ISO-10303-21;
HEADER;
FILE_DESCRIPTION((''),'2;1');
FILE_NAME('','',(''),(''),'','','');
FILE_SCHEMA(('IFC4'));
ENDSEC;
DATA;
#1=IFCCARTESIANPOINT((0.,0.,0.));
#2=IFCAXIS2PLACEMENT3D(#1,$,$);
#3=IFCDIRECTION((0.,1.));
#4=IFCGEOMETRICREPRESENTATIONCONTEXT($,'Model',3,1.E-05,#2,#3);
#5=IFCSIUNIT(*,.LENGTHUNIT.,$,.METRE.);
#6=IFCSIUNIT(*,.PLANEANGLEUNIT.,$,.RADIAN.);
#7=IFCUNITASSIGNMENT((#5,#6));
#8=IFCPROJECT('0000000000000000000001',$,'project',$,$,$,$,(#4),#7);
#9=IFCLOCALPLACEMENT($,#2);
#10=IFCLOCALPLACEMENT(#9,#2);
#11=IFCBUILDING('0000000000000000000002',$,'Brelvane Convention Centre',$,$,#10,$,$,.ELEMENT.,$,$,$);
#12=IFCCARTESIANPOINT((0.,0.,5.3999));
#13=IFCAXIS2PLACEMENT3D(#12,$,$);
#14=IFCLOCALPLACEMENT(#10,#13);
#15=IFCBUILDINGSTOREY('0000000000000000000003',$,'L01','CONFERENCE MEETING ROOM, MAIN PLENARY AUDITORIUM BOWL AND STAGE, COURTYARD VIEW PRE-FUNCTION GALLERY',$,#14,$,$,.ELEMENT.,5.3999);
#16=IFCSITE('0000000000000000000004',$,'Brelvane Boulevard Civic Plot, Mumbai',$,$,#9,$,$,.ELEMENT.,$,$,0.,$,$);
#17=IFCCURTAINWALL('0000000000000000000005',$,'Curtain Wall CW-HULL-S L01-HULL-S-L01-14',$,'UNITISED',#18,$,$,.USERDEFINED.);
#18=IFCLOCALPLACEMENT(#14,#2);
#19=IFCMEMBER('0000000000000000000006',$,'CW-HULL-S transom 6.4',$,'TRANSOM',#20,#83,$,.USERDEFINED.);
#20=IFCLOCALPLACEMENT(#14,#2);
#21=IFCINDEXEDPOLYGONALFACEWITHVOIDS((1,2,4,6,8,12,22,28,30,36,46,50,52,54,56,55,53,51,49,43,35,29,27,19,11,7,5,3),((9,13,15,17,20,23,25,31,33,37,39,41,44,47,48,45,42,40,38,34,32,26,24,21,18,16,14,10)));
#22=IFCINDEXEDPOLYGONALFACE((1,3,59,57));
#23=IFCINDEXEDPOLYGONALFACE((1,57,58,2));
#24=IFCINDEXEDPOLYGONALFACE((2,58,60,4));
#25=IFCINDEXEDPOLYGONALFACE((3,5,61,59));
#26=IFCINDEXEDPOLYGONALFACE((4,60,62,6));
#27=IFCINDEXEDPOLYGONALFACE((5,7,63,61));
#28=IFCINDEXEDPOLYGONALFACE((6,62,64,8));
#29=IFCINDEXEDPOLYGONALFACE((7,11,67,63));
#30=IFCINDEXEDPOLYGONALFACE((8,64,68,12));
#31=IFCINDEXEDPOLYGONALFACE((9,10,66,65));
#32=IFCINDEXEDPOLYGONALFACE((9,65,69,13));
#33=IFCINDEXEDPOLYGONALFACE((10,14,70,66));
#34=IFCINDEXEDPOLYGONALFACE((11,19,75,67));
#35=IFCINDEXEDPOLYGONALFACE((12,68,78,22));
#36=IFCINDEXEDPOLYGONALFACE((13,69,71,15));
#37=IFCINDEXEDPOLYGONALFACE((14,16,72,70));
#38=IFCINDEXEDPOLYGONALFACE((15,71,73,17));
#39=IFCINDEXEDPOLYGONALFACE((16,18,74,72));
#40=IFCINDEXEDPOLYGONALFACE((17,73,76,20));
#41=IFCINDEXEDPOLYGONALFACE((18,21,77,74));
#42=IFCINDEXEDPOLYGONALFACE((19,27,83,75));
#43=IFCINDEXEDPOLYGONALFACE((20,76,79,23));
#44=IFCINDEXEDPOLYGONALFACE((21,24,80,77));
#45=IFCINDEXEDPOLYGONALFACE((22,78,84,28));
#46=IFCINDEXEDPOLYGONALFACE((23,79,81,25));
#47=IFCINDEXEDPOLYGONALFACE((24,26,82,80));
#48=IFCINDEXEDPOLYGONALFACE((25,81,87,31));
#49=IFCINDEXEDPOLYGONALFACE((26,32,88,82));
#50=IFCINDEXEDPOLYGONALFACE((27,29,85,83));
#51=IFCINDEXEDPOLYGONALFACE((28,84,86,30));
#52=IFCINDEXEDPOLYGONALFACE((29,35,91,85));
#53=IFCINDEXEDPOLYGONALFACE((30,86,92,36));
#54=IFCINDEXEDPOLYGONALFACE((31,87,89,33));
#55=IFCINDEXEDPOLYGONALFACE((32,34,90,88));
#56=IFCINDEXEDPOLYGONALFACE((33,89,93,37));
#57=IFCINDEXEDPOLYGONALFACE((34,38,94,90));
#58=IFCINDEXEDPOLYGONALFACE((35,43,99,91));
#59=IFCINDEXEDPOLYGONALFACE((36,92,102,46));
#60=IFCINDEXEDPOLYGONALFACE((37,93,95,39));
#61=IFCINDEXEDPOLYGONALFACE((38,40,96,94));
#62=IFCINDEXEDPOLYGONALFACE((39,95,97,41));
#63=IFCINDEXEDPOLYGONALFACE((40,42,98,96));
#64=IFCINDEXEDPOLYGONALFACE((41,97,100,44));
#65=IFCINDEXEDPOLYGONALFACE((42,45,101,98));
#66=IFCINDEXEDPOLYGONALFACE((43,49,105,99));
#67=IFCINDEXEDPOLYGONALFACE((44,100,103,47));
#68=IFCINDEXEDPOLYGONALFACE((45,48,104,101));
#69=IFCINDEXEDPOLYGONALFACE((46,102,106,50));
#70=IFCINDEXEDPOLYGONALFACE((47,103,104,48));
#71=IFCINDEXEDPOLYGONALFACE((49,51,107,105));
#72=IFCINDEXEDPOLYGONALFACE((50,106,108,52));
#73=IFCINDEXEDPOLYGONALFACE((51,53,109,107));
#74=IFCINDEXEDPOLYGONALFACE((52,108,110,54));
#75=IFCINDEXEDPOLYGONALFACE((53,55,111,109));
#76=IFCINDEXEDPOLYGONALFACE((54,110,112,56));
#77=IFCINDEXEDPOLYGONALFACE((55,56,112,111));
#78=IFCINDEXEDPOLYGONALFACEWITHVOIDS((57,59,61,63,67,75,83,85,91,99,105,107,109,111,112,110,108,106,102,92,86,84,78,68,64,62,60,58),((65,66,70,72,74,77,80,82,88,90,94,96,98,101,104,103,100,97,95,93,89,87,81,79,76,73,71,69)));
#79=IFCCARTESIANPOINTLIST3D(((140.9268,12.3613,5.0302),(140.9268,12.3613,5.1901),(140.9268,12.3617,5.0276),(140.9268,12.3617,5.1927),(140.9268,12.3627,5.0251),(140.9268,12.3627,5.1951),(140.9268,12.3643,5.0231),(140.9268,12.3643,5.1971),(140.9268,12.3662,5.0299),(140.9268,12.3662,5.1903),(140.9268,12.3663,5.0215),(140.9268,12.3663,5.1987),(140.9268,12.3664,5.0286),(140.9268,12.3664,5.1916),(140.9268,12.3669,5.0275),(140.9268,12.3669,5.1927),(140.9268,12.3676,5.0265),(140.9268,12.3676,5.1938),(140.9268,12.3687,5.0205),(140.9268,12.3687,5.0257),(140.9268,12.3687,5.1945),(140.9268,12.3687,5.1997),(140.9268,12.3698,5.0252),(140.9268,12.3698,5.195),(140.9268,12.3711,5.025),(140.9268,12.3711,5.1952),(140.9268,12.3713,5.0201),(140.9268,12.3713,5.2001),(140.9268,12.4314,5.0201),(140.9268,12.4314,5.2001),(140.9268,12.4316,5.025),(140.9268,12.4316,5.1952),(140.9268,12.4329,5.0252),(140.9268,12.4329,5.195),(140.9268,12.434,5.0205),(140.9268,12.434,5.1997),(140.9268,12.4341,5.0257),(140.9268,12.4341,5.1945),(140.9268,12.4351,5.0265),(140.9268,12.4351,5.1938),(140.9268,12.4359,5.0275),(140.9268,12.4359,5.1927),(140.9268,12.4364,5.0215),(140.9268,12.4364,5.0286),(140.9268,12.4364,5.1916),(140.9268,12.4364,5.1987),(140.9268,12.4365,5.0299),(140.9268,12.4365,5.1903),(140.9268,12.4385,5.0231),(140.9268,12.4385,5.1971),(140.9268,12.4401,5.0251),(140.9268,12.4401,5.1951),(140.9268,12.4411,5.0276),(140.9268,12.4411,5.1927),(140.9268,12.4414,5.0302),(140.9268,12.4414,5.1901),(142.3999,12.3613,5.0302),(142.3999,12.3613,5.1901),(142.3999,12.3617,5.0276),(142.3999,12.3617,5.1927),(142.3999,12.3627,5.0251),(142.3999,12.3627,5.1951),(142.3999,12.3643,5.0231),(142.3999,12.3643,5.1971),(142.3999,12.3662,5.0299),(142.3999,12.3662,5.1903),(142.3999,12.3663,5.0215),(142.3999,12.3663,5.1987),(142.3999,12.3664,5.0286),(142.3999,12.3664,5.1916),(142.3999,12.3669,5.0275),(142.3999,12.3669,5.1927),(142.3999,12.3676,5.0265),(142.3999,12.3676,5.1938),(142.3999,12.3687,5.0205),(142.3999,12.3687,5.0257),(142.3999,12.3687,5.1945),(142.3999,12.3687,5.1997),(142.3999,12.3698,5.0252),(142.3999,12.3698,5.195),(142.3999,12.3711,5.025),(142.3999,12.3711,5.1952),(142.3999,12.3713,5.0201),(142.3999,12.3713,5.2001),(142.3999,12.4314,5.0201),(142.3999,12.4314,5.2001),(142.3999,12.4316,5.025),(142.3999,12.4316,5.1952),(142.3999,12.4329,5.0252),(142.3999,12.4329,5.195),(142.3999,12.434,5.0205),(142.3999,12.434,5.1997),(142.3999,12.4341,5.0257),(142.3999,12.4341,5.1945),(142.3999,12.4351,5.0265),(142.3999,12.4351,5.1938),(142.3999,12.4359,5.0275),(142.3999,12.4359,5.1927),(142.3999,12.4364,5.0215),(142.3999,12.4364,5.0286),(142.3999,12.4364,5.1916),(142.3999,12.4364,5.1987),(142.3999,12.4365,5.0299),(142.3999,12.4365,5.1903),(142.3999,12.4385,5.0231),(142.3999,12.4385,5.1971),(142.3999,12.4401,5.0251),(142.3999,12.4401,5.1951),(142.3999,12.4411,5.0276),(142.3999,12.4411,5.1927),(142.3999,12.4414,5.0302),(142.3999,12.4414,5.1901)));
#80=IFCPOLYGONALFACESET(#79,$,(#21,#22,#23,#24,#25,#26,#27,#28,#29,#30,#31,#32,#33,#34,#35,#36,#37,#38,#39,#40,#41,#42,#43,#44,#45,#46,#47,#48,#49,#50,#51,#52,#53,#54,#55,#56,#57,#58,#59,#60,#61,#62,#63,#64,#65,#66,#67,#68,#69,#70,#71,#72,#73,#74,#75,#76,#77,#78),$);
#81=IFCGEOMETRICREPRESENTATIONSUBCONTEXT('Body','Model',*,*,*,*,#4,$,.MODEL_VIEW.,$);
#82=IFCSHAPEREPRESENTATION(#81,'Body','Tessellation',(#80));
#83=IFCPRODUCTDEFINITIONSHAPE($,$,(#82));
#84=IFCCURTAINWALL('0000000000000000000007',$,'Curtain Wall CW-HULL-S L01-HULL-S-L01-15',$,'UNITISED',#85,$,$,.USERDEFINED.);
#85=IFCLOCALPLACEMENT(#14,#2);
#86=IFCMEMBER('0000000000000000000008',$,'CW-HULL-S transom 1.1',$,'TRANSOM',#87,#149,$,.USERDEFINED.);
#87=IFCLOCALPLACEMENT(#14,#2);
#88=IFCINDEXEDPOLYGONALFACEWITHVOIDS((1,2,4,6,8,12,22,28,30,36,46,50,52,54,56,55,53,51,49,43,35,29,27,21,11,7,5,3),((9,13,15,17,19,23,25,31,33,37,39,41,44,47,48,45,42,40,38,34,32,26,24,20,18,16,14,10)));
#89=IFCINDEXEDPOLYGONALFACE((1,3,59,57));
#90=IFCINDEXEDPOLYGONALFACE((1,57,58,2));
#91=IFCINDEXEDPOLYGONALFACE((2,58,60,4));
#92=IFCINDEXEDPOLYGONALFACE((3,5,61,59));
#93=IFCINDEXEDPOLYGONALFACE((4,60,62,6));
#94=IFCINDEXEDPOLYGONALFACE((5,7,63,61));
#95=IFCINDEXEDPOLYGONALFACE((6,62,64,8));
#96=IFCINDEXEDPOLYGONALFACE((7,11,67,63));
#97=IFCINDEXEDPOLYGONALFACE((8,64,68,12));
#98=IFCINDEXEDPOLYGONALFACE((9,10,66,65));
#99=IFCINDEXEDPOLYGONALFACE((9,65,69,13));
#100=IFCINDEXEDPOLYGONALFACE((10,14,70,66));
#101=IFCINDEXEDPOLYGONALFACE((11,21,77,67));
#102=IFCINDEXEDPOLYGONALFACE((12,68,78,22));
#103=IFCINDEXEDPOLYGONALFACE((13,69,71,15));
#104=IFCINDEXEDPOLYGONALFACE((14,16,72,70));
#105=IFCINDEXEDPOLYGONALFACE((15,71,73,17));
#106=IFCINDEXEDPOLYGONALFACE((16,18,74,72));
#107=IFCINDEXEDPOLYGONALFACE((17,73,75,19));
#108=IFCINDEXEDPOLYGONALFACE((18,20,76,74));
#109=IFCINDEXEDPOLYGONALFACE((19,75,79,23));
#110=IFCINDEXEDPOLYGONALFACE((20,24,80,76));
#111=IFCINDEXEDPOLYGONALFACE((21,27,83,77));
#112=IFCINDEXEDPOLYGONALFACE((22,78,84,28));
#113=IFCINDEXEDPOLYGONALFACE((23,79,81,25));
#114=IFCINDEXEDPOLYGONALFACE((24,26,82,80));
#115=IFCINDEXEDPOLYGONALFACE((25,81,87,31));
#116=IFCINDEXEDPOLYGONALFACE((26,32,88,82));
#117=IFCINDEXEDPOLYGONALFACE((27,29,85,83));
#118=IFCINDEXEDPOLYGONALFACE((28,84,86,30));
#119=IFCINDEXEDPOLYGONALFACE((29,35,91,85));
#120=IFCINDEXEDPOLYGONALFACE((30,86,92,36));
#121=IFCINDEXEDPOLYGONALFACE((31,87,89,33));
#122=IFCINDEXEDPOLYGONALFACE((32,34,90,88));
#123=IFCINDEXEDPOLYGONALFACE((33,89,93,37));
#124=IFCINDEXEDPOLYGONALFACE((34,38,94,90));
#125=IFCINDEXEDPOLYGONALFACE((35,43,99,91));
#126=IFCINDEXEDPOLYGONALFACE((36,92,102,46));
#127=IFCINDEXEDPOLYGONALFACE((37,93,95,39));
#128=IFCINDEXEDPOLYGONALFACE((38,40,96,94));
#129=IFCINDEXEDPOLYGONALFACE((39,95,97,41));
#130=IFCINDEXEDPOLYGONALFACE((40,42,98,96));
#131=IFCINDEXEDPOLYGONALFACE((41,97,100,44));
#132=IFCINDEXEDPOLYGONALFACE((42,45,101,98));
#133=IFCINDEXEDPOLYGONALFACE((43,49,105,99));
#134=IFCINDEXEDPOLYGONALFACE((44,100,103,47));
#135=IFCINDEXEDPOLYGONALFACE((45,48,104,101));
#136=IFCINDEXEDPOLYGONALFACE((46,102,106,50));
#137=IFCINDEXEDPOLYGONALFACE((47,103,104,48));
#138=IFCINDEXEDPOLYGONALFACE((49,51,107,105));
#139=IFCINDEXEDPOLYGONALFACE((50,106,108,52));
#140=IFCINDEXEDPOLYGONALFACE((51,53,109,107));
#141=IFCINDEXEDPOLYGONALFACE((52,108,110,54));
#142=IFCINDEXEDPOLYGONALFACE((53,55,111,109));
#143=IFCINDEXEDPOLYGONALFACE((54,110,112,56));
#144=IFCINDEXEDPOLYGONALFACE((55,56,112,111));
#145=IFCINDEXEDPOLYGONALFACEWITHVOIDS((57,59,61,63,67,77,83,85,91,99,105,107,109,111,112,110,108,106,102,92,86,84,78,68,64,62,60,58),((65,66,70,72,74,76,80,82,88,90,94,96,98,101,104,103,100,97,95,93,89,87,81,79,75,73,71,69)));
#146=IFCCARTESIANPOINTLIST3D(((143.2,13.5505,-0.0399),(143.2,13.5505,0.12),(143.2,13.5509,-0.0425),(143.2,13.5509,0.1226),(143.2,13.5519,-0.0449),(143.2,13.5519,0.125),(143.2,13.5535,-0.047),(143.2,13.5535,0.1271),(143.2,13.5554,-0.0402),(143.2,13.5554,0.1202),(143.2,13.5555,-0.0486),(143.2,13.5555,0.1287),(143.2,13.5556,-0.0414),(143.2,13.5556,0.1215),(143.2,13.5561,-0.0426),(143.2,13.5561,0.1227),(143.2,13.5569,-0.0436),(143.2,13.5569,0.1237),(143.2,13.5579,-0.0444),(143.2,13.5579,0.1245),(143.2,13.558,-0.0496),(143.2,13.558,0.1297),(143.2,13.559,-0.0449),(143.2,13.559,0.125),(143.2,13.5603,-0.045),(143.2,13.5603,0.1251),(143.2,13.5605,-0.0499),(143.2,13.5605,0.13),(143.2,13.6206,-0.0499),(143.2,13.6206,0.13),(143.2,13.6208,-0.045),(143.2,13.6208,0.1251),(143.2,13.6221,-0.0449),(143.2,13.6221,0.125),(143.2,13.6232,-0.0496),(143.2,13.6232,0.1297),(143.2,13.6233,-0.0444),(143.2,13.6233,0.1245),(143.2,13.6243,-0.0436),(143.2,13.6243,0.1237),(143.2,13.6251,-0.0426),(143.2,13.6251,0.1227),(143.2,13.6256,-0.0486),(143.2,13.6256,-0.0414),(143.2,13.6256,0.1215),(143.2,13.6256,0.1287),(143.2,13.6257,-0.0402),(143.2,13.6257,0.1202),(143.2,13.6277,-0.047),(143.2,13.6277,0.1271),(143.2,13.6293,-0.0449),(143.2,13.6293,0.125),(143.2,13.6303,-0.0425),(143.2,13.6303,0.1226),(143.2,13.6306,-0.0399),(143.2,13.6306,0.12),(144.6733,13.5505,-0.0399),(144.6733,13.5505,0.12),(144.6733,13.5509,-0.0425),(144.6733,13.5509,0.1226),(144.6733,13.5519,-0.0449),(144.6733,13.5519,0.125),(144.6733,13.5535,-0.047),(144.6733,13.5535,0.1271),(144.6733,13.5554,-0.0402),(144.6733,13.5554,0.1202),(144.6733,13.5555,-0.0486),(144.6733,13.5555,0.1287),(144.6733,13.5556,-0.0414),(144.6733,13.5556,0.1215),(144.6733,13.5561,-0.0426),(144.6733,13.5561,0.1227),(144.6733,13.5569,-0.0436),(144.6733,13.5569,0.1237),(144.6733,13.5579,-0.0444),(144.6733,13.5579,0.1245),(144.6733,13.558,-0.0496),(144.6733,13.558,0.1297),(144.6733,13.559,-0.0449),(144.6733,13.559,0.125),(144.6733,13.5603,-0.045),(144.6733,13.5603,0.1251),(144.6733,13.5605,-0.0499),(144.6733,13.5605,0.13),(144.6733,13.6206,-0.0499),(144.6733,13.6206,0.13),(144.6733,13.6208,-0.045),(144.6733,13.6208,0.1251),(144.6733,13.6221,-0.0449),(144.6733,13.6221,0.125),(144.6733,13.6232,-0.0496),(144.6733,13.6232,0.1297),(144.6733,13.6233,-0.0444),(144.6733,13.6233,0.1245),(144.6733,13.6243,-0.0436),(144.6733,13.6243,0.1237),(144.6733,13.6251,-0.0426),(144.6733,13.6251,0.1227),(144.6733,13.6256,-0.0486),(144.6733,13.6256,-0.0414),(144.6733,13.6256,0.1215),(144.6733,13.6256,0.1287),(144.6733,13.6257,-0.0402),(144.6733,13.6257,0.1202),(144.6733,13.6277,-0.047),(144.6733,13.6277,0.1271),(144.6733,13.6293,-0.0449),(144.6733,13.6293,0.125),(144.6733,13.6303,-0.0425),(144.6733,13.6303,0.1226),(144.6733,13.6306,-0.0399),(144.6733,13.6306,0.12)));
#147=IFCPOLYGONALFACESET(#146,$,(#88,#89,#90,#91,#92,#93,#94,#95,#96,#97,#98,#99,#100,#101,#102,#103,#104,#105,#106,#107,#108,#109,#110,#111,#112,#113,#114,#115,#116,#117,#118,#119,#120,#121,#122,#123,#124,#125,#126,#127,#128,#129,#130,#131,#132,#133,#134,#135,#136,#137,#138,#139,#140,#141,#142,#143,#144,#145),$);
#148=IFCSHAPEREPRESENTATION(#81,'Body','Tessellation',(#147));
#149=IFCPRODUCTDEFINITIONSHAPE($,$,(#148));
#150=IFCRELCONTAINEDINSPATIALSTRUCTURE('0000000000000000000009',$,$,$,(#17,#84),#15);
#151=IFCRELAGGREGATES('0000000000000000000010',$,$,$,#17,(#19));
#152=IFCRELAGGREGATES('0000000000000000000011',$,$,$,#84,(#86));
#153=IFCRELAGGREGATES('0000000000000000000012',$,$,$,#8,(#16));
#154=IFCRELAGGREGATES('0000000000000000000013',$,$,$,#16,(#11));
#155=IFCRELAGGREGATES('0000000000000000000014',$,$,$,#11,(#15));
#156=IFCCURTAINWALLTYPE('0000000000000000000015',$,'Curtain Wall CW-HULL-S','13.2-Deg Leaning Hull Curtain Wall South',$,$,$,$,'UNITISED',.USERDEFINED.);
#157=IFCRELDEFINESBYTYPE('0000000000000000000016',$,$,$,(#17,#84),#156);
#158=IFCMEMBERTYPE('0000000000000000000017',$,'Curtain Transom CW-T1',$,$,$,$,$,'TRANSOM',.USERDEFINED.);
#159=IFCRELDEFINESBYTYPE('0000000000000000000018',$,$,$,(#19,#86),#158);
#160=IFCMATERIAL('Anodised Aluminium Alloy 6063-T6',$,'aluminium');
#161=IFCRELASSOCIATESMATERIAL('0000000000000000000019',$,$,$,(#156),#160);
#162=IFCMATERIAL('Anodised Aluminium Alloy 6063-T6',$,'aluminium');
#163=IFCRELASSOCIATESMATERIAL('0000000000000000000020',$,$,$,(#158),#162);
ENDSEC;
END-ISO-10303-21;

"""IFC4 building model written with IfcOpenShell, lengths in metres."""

from ifc_helpers import new_model, si_unit, direction, frame, origin, origin_2d, place, context, subcontext, project, spatial, hollow_rectangle, extrude, material, material_profile, profile_set, type_object, element, aggregate, save


model = new_model("IFC4")

# Units and contexts
model_context = context("Model", 3, precision=1e-05, world=origin(), true_north=direction((0.0, 1.0)))
body_context = subcontext(model_context, "Body", "Model", "MODEL_VIEW")
ifc_project = project(units=[si_unit("LENGTHUNIT", "METRE"), si_unit("PLANEANGLEUNIT", "RADIAN")], contexts=[model_context])

# Site, building, storey
site_placement = place(None, origin())
site = spatial("IfcSite", under=ifc_project, at=site_placement, Name="Brelvane Boulevard Civic Plot, Mumbai", CompositionType="ELEMENT", RefElevation=0.0)
building_placement = place(site_placement, origin())
building = spatial("IfcBuilding", under=site, at=building_placement, Name="Brelvane Convention Centre", CompositionType="ELEMENT")
storey_placement = place(building_placement, frame((0.0, 0.0, 5.3999)))
storey = spatial("IfcBuildingStorey", under=building, at=storey_placement, Name="L01", Description="CONFERENCE MEETING ROOM, MAIN PLENARY AUDITORIUM BOWL AND STAGE, COURTYARD VIEW PRE-FUNCTION GALLERY", CompositionType="ELEMENT", Elevation=5.3999)

# Curtain walls, members
ifc_material_1 = material(Name="Anodised Aluminium Alloy 6063-T6", Category="aluminium")
curtain_wall_type = type_object("IfcCurtainWallType", Name="Curtain Wall CW-HULL-S", Description="13.2-Deg Leaning Hull Curtain Wall South", ElementType="UNITISED", PredefinedType="USERDEFINED", material=ifc_material_1)
curtain_wall_1_placement = place(storey_placement, origin())
curtain_wall_1 = element("IfcCurtainWall", 1, at=curtain_wall_1_placement, inside=storey, type_object=curtain_wall_type, Name="Curtain Wall CW-HULL-S L01-HULL-S-L01-14", ObjectType="UNITISED", PredefinedType="USERDEFINED")
ifc_material_2 = material(Name="Anodised Aluminium Alloy 6063-T6", Category="aluminium")
ifc_material_profile_1 = material_profile(ifc_material_2, hollow_rectangle(XDim=0.0801, YDim=0.1799, WallThickness=0.0049, InnerFilletRadius=0.0049, OuterFilletRadius=0.01, at=origin_2d()), Name="ALU-T 180x80x5.0")
ifc_profile_set_1 = profile_set([ifc_material_profile_1], Name="Anodised Aluminium Alloy 6063-T6")
member_type_1 = type_object("IfcMemberType", Name="Curtain Transom CW-T1", ElementType="TRANSOM", PredefinedType="USERDEFINED", material=ifc_profile_set_1)
member_1_placement = place(storey_placement, frame((140.9268, 12.4014, 5.1101), z_axis=(1.0, 0.0, 0.0), x_axis=(0.0, 1.0, 0.0)))
member_1 = element("IfcMember", 2, at=member_1_placement, type_object=member_type_1, Name="CW-HULL-S transom 6.4", ObjectType="TRANSOM", PredefinedType="USERDEFINED", context=body_context, shape_type="SweptSolid", body=[
    extrude(hollow_rectangle(XDim=0.0801, YDim=0.1799, WallThickness=0.0049, InnerFilletRadius=0.0049, OuterFilletRadius=0.01, at=origin_2d()), origin(), (0.0, 0.0, 1.0), 1.4731),
])
curtain_wall_2_placement = place(storey_placement, origin())
curtain_wall_2 = element("IfcCurtainWall", 3, at=curtain_wall_2_placement, inside=storey, type_object=curtain_wall_type, Name="Curtain Wall CW-HULL-S L01-HULL-S-L01-15", ObjectType="UNITISED", PredefinedType="USERDEFINED")
member_2_placement = place(storey_placement, frame((143.2, 13.5906, 0.04), z_axis=(1.0, 0.0, 0.0), x_axis=(0.0, 1.0, 0.0)))
member_2 = element("IfcMember", 4, at=member_2_placement, type_object=member_type_1, Name="CW-HULL-S transom 1.1", ObjectType="TRANSOM", PredefinedType="USERDEFINED", context=body_context, shape_type="SweptSolid", body=[
    extrude(hollow_rectangle(XDim=0.0801, YDim=0.1799, WallThickness=0.0049, InnerFilletRadius=0.0049, OuterFilletRadius=0.01, at=origin_2d()), origin(), (0.0, 0.0, 1.0), 1.4734),
])

aggregate(curtain_wall_1, [member_1])
aggregate(curtain_wall_2, [member_2])

save(model, "model.ifc")
